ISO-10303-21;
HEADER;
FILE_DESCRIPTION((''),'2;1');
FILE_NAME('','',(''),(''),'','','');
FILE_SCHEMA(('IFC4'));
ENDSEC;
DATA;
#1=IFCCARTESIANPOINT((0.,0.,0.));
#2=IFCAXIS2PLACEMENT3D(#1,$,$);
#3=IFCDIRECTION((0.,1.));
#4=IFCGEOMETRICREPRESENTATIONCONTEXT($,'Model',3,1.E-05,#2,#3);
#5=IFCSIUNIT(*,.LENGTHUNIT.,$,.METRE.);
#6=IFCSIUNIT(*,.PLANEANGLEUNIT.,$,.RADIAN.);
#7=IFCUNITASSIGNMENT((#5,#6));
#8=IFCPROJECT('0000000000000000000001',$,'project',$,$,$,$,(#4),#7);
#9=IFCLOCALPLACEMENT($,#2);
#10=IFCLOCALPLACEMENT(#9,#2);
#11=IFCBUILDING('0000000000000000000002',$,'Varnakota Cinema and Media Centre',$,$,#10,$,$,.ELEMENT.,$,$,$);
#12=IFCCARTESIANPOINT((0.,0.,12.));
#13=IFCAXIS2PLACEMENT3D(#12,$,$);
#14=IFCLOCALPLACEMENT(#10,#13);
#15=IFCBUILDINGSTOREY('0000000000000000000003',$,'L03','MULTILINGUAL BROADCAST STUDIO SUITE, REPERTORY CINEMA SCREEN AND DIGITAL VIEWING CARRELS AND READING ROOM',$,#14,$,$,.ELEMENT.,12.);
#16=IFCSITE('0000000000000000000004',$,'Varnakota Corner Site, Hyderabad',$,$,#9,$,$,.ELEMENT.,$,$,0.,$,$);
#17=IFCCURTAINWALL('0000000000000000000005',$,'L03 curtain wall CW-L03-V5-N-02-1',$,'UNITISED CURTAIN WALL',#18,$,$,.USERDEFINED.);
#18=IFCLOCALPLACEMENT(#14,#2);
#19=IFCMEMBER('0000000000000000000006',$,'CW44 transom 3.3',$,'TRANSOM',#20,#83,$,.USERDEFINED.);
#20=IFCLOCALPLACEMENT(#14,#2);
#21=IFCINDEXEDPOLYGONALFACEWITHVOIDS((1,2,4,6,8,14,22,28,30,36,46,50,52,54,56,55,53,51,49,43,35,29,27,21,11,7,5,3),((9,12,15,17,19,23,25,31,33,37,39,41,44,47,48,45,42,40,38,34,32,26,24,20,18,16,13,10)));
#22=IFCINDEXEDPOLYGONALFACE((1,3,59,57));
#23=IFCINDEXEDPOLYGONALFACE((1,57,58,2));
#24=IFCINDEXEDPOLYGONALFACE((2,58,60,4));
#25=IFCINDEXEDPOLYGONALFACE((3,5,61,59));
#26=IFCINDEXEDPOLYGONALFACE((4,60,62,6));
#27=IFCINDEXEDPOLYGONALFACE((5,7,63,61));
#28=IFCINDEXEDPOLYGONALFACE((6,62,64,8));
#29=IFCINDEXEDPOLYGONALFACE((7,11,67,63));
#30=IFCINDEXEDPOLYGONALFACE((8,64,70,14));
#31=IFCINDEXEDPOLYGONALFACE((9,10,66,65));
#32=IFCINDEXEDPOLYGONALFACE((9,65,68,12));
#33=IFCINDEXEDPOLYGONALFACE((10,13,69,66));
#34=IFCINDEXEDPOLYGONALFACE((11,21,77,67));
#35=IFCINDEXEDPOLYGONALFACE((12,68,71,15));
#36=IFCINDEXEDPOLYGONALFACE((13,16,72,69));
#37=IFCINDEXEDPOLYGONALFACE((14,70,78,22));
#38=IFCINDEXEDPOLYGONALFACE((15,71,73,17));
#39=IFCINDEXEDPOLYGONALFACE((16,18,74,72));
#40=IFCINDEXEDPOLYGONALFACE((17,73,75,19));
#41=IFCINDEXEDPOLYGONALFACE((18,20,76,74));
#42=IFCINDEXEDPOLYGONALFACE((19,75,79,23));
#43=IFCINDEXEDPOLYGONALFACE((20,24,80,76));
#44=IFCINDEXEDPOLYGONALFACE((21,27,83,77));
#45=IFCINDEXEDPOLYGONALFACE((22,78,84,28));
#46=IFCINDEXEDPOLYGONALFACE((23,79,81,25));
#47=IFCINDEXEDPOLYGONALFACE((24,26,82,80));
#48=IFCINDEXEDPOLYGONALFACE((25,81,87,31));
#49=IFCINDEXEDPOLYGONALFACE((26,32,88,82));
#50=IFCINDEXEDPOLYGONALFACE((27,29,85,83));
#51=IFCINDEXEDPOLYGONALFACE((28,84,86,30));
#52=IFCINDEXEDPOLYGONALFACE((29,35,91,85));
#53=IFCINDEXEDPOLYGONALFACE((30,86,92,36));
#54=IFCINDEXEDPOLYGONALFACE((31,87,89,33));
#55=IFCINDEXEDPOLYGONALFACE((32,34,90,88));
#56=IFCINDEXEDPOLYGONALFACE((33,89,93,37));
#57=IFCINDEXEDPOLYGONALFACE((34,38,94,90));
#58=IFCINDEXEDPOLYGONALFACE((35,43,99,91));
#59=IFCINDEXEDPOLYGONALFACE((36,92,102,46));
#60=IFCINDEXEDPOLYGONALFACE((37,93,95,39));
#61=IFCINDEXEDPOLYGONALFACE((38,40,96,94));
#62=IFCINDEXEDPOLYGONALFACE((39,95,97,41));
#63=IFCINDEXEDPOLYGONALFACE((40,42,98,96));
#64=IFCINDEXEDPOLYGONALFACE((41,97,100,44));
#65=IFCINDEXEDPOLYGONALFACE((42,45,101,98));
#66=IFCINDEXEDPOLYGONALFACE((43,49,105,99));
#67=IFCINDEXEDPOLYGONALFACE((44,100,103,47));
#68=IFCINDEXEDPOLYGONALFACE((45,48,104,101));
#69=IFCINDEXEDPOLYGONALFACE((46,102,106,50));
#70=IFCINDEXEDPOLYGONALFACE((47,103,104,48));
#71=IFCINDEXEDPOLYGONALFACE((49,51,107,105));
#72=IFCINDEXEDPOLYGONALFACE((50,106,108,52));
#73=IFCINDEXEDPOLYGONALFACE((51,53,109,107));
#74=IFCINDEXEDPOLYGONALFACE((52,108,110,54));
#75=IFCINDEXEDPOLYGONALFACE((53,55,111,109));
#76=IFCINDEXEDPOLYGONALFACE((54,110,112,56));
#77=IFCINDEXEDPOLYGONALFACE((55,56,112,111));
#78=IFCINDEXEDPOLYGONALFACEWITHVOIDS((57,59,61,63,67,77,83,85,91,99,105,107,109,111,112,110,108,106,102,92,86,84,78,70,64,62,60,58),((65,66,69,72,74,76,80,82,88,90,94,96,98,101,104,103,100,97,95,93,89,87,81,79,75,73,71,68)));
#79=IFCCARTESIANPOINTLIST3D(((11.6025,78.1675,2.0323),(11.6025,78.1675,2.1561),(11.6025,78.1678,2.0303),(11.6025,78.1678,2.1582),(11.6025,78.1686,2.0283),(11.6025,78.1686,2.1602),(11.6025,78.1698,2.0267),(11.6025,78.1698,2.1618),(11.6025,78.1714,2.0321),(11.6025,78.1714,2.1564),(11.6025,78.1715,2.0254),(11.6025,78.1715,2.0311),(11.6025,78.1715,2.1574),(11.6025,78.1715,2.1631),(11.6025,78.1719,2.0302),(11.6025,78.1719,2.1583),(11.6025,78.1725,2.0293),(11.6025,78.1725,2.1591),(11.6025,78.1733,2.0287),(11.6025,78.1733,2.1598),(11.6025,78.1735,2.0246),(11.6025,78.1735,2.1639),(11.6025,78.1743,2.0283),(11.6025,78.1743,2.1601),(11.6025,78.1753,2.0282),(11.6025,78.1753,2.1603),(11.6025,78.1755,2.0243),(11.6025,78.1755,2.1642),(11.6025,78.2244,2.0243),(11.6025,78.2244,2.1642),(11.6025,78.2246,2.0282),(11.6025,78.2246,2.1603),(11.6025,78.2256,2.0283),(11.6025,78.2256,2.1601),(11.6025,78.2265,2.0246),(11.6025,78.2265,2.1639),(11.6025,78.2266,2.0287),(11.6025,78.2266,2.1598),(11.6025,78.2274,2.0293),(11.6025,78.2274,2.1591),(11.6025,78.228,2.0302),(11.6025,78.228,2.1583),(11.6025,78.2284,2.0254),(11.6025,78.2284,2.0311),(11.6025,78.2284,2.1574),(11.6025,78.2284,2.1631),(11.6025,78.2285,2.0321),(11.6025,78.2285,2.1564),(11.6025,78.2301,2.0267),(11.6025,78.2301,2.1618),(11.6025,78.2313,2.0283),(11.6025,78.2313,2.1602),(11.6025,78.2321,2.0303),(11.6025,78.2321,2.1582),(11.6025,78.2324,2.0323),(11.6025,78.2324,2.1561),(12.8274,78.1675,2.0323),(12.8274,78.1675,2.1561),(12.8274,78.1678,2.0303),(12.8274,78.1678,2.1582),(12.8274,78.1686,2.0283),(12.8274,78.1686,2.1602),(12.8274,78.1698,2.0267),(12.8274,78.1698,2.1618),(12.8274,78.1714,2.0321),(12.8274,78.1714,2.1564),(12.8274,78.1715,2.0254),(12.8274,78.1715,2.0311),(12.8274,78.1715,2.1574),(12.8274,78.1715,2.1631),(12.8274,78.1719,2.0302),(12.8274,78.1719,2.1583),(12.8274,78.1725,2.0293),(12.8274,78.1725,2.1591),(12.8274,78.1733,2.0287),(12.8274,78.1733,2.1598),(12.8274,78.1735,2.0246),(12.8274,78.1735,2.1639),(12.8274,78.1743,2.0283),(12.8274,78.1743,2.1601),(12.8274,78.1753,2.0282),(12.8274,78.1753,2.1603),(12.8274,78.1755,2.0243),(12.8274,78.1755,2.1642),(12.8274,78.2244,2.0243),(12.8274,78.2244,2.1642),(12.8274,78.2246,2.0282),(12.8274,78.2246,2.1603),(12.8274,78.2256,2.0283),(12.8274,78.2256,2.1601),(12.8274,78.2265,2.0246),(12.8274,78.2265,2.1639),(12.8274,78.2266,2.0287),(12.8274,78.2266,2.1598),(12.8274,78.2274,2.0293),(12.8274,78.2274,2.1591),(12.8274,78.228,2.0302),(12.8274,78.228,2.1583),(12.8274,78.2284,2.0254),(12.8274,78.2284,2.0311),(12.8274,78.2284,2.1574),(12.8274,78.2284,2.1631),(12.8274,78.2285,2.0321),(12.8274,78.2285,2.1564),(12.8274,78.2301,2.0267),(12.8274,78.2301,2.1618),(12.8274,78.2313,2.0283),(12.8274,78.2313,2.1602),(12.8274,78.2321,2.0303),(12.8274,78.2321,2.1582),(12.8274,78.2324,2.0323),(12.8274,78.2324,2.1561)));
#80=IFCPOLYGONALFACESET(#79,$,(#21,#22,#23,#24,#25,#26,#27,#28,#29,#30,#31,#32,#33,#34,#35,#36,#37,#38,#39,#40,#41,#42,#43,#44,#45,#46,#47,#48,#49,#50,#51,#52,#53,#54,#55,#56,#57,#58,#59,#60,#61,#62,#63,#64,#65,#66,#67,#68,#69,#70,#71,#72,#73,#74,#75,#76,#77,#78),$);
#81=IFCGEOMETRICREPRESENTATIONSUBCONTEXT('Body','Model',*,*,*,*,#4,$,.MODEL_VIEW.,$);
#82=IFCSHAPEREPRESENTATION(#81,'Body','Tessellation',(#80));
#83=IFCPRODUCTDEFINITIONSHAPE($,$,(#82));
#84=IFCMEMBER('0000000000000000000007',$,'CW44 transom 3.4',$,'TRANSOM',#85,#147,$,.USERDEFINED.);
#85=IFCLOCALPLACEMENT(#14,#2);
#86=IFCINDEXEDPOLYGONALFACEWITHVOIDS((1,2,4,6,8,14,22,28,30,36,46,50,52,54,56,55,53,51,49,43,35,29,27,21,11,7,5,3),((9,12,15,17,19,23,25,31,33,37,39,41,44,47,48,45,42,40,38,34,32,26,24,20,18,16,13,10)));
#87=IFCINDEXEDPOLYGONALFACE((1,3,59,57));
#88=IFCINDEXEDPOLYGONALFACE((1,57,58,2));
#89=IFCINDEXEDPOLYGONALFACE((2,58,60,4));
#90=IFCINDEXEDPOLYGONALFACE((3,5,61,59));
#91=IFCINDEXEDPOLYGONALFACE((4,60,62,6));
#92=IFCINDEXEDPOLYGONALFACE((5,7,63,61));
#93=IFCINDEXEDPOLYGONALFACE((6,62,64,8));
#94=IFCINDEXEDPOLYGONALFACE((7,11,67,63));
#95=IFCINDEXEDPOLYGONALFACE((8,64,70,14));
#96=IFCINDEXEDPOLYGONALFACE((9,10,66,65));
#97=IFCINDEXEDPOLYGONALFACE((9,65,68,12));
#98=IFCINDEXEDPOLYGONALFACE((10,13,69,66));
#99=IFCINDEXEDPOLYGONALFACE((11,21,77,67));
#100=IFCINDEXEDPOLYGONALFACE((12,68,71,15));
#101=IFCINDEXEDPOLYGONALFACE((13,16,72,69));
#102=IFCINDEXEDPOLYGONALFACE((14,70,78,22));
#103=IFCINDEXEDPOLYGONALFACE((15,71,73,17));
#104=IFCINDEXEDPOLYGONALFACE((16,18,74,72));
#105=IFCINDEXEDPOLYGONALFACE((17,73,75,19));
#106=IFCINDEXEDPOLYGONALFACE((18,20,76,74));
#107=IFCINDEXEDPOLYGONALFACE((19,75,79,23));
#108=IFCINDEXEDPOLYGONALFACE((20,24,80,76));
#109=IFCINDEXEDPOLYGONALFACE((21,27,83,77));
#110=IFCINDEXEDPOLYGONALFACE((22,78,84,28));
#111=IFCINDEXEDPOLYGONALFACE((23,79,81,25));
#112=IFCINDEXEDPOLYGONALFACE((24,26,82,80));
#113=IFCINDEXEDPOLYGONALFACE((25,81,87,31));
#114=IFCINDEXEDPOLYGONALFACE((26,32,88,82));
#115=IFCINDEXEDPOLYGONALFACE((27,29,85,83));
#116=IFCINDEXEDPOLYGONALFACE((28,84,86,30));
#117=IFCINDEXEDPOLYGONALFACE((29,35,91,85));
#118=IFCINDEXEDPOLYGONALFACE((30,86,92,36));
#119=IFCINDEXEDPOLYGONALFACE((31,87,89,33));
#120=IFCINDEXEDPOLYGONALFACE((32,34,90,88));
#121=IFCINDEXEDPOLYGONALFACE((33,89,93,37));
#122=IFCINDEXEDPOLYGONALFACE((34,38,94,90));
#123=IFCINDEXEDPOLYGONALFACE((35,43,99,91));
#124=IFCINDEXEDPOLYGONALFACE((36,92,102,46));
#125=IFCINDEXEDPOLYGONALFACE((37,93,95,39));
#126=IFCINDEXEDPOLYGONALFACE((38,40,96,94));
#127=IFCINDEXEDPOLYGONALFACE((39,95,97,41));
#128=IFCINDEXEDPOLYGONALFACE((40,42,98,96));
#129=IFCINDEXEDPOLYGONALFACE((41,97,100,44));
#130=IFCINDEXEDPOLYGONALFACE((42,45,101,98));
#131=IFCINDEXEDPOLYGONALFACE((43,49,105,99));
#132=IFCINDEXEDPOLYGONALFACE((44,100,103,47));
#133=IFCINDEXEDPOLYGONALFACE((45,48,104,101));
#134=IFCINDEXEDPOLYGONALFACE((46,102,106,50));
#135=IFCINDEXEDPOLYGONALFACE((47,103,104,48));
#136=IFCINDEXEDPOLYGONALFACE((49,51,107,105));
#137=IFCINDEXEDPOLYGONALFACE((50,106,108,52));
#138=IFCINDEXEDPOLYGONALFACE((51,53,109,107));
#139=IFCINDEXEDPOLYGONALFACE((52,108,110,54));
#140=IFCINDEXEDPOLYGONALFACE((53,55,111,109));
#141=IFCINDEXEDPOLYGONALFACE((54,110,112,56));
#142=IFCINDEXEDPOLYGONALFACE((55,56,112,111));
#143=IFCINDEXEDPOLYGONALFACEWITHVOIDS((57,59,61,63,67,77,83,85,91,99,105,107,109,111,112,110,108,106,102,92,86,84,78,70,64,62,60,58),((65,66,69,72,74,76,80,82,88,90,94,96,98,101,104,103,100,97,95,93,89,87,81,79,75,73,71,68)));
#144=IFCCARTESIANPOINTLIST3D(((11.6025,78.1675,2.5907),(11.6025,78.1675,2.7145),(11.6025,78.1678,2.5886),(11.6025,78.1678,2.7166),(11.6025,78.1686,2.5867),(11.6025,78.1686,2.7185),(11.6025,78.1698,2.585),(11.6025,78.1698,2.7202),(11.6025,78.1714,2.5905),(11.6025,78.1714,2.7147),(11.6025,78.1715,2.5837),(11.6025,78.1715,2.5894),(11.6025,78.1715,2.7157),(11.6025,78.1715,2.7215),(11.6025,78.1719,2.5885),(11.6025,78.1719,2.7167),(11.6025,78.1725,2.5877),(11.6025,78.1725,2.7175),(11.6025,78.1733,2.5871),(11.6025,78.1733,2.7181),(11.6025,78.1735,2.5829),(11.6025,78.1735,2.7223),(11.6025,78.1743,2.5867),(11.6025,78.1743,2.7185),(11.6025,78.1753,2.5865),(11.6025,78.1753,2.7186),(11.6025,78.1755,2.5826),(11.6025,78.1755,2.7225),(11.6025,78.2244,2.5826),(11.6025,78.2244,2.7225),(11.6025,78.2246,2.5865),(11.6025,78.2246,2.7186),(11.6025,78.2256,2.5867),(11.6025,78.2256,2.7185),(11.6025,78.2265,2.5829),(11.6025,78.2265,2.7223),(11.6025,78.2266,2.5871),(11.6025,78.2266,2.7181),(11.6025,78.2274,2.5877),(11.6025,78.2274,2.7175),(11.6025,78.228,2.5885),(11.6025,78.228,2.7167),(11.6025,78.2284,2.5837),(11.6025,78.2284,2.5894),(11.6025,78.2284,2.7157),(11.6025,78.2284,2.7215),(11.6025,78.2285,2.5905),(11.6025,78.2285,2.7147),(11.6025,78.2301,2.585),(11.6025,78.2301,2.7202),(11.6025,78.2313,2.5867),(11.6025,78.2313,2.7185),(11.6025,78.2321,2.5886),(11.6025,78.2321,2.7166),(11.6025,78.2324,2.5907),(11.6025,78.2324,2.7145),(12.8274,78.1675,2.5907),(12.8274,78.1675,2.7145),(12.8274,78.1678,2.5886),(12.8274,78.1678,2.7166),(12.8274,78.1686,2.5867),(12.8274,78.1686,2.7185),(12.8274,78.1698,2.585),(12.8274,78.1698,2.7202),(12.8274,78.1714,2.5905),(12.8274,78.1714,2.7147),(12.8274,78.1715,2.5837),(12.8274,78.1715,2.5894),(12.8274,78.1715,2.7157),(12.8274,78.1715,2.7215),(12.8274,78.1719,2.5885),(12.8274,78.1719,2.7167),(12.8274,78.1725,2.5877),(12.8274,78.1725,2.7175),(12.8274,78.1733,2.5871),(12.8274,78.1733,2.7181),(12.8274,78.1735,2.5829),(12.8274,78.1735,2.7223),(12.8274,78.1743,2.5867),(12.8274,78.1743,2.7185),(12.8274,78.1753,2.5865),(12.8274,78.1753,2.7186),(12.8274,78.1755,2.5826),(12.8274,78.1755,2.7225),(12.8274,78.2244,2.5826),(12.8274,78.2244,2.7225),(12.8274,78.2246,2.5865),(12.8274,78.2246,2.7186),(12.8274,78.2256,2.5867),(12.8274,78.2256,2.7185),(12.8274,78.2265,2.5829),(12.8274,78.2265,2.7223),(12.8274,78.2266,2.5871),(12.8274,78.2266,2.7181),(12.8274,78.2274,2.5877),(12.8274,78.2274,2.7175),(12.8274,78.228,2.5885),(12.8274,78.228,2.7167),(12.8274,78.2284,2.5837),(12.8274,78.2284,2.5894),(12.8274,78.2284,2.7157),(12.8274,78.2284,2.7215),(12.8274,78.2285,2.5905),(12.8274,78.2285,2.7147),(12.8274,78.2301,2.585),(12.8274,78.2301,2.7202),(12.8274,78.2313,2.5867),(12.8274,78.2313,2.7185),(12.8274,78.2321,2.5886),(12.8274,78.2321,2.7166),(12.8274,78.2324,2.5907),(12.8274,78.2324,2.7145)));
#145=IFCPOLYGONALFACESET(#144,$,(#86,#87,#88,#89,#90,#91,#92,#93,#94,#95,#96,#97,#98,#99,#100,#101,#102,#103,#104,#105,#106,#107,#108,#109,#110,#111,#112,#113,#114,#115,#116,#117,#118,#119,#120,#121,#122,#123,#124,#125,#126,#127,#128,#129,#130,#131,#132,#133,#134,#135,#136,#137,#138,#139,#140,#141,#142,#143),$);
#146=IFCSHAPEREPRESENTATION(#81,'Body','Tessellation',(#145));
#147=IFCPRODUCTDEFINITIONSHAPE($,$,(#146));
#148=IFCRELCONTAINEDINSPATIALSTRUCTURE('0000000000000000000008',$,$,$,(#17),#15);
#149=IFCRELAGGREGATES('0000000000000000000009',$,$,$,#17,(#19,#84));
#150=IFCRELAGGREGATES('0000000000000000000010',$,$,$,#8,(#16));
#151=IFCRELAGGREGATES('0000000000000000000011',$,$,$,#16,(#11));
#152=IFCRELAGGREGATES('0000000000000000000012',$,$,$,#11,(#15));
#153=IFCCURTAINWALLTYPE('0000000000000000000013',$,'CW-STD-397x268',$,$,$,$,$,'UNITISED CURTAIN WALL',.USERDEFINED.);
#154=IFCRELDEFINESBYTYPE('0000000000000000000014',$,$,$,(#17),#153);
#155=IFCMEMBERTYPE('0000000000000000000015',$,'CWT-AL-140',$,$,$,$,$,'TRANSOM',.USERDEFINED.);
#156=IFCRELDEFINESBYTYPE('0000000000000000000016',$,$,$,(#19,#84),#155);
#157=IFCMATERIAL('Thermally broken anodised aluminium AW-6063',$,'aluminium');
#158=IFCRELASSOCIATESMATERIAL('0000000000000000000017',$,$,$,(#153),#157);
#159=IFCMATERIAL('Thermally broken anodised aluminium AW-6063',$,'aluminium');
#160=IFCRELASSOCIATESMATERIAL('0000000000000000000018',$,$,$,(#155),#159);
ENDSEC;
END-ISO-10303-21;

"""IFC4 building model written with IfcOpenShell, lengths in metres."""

from ifc_helpers import new_model, si_unit, direction, frame, origin, origin_2d, place, context, subcontext, project, spatial, hollow_rectangle, extrude, material, material_profile, profile_set, type_object, element, aggregate, save


model = new_model("IFC4")

# Units and contexts
model_context = context("Model", 3, precision=1e-05, world=origin(), true_north=direction((0.0, 1.0)))
body_context = subcontext(model_context, "Body", "Model", "MODEL_VIEW")
ifc_project = project(units=[si_unit("LENGTHUNIT", "METRE"), si_unit("PLANEANGLEUNIT", "RADIAN")], contexts=[model_context])

# Site, building, storey
site_placement = place(None, origin())
site = spatial("IfcSite", under=ifc_project, at=site_placement, Name="Varnakota Corner Site, Hyderabad", CompositionType="ELEMENT", RefElevation=0.0)
building_placement = place(site_placement, origin())
building = spatial("IfcBuilding", under=site, at=building_placement, Name="Varnakota Cinema and Media Centre", CompositionType="ELEMENT")
storey_placement = place(building_placement, frame((0.0, 0.0, 12.0)))
storey = spatial("IfcBuildingStorey", under=building, at=storey_placement, Name="L03", Description="MULTILINGUAL BROADCAST STUDIO SUITE, REPERTORY CINEMA SCREEN AND DIGITAL VIEWING CARRELS AND READING ROOM", CompositionType="ELEMENT", Elevation=12.0)

# Curtain wall
ifc_material_1 = material(Name="Thermally broken anodised aluminium AW-6063", Category="aluminium")
curtain_wall_type = type_object("IfcCurtainWallType", Name="CW-STD-397x268", ElementType="UNITISED CURTAIN WALL", PredefinedType="USERDEFINED", material=ifc_material_1)
curtain_wall_1_placement = place(storey_placement, origin())
curtain_wall_1 = element("IfcCurtainWall", 1, at=curtain_wall_1_placement, inside=storey, type_object=curtain_wall_type, Name="L03 curtain wall CW-L03-V5-N-02-1", ObjectType="UNITISED CURTAIN WALL", PredefinedType="USERDEFINED")

# Members
ifc_material_2 = material(Name="Thermally broken anodised aluminium AW-6063", Category="aluminium")
ifc_material_profile_1 = material_profile(ifc_material_2, hollow_rectangle(XDim=0.0649, YDim=0.1399, WallThickness=0.0039, InnerFilletRadius=0.0039, OuterFilletRadius=0.0081, at=origin_2d()), Name="AL-TRANSOM 140x65x4")
ifc_profile_set_1 = profile_set([ifc_material_profile_1], Name="Thermally broken anodised aluminium AW-6063")
member_type_1 = type_object("IfcMemberType", Name="CWT-AL-140", ElementType="TRANSOM", PredefinedType="USERDEFINED", material=ifc_profile_set_1)
member_1_placement = place(storey_placement, frame((11.6025, 78.2, 2.0942), z_axis=(1.0, 0.0, 0.0), x_axis=(0.0, 1.0, 0.0)))
member_1 = element("IfcMember", 2, at=member_1_placement, type_object=member_type_1, Name="CW44 transom 3.3", ObjectType="TRANSOM", PredefinedType="USERDEFINED", context=body_context, shape_type="SweptSolid", body=[
    extrude(hollow_rectangle(XDim=0.0649, YDim=0.1399, WallThickness=0.0039, InnerFilletRadius=0.0039, OuterFilletRadius=0.0081, at=origin_2d()), origin(), (0.0, 0.0, 1.0), 1.2249),
])
member_2_placement = place(storey_placement, frame((11.6025, 78.2, 2.6526), z_axis=(1.0, 0.0, 0.0), x_axis=(0.0, 1.0, 0.0)))
member_2 = element("IfcMember", 3, at=member_2_placement, type_object=member_type_1, Name="CW44 transom 3.4", ObjectType="TRANSOM", PredefinedType="USERDEFINED", context=body_context, shape_type="SweptSolid", body=[
    extrude(hollow_rectangle(XDim=0.0649, YDim=0.1399, WallThickness=0.0039, InnerFilletRadius=0.0039, OuterFilletRadius=0.0081, at=origin_2d()), origin(), (0.0, 0.0, 1.0), 1.2249),
])

aggregate(curtain_wall_1, [member_1, member_2])

save(model, "model.ifc")
